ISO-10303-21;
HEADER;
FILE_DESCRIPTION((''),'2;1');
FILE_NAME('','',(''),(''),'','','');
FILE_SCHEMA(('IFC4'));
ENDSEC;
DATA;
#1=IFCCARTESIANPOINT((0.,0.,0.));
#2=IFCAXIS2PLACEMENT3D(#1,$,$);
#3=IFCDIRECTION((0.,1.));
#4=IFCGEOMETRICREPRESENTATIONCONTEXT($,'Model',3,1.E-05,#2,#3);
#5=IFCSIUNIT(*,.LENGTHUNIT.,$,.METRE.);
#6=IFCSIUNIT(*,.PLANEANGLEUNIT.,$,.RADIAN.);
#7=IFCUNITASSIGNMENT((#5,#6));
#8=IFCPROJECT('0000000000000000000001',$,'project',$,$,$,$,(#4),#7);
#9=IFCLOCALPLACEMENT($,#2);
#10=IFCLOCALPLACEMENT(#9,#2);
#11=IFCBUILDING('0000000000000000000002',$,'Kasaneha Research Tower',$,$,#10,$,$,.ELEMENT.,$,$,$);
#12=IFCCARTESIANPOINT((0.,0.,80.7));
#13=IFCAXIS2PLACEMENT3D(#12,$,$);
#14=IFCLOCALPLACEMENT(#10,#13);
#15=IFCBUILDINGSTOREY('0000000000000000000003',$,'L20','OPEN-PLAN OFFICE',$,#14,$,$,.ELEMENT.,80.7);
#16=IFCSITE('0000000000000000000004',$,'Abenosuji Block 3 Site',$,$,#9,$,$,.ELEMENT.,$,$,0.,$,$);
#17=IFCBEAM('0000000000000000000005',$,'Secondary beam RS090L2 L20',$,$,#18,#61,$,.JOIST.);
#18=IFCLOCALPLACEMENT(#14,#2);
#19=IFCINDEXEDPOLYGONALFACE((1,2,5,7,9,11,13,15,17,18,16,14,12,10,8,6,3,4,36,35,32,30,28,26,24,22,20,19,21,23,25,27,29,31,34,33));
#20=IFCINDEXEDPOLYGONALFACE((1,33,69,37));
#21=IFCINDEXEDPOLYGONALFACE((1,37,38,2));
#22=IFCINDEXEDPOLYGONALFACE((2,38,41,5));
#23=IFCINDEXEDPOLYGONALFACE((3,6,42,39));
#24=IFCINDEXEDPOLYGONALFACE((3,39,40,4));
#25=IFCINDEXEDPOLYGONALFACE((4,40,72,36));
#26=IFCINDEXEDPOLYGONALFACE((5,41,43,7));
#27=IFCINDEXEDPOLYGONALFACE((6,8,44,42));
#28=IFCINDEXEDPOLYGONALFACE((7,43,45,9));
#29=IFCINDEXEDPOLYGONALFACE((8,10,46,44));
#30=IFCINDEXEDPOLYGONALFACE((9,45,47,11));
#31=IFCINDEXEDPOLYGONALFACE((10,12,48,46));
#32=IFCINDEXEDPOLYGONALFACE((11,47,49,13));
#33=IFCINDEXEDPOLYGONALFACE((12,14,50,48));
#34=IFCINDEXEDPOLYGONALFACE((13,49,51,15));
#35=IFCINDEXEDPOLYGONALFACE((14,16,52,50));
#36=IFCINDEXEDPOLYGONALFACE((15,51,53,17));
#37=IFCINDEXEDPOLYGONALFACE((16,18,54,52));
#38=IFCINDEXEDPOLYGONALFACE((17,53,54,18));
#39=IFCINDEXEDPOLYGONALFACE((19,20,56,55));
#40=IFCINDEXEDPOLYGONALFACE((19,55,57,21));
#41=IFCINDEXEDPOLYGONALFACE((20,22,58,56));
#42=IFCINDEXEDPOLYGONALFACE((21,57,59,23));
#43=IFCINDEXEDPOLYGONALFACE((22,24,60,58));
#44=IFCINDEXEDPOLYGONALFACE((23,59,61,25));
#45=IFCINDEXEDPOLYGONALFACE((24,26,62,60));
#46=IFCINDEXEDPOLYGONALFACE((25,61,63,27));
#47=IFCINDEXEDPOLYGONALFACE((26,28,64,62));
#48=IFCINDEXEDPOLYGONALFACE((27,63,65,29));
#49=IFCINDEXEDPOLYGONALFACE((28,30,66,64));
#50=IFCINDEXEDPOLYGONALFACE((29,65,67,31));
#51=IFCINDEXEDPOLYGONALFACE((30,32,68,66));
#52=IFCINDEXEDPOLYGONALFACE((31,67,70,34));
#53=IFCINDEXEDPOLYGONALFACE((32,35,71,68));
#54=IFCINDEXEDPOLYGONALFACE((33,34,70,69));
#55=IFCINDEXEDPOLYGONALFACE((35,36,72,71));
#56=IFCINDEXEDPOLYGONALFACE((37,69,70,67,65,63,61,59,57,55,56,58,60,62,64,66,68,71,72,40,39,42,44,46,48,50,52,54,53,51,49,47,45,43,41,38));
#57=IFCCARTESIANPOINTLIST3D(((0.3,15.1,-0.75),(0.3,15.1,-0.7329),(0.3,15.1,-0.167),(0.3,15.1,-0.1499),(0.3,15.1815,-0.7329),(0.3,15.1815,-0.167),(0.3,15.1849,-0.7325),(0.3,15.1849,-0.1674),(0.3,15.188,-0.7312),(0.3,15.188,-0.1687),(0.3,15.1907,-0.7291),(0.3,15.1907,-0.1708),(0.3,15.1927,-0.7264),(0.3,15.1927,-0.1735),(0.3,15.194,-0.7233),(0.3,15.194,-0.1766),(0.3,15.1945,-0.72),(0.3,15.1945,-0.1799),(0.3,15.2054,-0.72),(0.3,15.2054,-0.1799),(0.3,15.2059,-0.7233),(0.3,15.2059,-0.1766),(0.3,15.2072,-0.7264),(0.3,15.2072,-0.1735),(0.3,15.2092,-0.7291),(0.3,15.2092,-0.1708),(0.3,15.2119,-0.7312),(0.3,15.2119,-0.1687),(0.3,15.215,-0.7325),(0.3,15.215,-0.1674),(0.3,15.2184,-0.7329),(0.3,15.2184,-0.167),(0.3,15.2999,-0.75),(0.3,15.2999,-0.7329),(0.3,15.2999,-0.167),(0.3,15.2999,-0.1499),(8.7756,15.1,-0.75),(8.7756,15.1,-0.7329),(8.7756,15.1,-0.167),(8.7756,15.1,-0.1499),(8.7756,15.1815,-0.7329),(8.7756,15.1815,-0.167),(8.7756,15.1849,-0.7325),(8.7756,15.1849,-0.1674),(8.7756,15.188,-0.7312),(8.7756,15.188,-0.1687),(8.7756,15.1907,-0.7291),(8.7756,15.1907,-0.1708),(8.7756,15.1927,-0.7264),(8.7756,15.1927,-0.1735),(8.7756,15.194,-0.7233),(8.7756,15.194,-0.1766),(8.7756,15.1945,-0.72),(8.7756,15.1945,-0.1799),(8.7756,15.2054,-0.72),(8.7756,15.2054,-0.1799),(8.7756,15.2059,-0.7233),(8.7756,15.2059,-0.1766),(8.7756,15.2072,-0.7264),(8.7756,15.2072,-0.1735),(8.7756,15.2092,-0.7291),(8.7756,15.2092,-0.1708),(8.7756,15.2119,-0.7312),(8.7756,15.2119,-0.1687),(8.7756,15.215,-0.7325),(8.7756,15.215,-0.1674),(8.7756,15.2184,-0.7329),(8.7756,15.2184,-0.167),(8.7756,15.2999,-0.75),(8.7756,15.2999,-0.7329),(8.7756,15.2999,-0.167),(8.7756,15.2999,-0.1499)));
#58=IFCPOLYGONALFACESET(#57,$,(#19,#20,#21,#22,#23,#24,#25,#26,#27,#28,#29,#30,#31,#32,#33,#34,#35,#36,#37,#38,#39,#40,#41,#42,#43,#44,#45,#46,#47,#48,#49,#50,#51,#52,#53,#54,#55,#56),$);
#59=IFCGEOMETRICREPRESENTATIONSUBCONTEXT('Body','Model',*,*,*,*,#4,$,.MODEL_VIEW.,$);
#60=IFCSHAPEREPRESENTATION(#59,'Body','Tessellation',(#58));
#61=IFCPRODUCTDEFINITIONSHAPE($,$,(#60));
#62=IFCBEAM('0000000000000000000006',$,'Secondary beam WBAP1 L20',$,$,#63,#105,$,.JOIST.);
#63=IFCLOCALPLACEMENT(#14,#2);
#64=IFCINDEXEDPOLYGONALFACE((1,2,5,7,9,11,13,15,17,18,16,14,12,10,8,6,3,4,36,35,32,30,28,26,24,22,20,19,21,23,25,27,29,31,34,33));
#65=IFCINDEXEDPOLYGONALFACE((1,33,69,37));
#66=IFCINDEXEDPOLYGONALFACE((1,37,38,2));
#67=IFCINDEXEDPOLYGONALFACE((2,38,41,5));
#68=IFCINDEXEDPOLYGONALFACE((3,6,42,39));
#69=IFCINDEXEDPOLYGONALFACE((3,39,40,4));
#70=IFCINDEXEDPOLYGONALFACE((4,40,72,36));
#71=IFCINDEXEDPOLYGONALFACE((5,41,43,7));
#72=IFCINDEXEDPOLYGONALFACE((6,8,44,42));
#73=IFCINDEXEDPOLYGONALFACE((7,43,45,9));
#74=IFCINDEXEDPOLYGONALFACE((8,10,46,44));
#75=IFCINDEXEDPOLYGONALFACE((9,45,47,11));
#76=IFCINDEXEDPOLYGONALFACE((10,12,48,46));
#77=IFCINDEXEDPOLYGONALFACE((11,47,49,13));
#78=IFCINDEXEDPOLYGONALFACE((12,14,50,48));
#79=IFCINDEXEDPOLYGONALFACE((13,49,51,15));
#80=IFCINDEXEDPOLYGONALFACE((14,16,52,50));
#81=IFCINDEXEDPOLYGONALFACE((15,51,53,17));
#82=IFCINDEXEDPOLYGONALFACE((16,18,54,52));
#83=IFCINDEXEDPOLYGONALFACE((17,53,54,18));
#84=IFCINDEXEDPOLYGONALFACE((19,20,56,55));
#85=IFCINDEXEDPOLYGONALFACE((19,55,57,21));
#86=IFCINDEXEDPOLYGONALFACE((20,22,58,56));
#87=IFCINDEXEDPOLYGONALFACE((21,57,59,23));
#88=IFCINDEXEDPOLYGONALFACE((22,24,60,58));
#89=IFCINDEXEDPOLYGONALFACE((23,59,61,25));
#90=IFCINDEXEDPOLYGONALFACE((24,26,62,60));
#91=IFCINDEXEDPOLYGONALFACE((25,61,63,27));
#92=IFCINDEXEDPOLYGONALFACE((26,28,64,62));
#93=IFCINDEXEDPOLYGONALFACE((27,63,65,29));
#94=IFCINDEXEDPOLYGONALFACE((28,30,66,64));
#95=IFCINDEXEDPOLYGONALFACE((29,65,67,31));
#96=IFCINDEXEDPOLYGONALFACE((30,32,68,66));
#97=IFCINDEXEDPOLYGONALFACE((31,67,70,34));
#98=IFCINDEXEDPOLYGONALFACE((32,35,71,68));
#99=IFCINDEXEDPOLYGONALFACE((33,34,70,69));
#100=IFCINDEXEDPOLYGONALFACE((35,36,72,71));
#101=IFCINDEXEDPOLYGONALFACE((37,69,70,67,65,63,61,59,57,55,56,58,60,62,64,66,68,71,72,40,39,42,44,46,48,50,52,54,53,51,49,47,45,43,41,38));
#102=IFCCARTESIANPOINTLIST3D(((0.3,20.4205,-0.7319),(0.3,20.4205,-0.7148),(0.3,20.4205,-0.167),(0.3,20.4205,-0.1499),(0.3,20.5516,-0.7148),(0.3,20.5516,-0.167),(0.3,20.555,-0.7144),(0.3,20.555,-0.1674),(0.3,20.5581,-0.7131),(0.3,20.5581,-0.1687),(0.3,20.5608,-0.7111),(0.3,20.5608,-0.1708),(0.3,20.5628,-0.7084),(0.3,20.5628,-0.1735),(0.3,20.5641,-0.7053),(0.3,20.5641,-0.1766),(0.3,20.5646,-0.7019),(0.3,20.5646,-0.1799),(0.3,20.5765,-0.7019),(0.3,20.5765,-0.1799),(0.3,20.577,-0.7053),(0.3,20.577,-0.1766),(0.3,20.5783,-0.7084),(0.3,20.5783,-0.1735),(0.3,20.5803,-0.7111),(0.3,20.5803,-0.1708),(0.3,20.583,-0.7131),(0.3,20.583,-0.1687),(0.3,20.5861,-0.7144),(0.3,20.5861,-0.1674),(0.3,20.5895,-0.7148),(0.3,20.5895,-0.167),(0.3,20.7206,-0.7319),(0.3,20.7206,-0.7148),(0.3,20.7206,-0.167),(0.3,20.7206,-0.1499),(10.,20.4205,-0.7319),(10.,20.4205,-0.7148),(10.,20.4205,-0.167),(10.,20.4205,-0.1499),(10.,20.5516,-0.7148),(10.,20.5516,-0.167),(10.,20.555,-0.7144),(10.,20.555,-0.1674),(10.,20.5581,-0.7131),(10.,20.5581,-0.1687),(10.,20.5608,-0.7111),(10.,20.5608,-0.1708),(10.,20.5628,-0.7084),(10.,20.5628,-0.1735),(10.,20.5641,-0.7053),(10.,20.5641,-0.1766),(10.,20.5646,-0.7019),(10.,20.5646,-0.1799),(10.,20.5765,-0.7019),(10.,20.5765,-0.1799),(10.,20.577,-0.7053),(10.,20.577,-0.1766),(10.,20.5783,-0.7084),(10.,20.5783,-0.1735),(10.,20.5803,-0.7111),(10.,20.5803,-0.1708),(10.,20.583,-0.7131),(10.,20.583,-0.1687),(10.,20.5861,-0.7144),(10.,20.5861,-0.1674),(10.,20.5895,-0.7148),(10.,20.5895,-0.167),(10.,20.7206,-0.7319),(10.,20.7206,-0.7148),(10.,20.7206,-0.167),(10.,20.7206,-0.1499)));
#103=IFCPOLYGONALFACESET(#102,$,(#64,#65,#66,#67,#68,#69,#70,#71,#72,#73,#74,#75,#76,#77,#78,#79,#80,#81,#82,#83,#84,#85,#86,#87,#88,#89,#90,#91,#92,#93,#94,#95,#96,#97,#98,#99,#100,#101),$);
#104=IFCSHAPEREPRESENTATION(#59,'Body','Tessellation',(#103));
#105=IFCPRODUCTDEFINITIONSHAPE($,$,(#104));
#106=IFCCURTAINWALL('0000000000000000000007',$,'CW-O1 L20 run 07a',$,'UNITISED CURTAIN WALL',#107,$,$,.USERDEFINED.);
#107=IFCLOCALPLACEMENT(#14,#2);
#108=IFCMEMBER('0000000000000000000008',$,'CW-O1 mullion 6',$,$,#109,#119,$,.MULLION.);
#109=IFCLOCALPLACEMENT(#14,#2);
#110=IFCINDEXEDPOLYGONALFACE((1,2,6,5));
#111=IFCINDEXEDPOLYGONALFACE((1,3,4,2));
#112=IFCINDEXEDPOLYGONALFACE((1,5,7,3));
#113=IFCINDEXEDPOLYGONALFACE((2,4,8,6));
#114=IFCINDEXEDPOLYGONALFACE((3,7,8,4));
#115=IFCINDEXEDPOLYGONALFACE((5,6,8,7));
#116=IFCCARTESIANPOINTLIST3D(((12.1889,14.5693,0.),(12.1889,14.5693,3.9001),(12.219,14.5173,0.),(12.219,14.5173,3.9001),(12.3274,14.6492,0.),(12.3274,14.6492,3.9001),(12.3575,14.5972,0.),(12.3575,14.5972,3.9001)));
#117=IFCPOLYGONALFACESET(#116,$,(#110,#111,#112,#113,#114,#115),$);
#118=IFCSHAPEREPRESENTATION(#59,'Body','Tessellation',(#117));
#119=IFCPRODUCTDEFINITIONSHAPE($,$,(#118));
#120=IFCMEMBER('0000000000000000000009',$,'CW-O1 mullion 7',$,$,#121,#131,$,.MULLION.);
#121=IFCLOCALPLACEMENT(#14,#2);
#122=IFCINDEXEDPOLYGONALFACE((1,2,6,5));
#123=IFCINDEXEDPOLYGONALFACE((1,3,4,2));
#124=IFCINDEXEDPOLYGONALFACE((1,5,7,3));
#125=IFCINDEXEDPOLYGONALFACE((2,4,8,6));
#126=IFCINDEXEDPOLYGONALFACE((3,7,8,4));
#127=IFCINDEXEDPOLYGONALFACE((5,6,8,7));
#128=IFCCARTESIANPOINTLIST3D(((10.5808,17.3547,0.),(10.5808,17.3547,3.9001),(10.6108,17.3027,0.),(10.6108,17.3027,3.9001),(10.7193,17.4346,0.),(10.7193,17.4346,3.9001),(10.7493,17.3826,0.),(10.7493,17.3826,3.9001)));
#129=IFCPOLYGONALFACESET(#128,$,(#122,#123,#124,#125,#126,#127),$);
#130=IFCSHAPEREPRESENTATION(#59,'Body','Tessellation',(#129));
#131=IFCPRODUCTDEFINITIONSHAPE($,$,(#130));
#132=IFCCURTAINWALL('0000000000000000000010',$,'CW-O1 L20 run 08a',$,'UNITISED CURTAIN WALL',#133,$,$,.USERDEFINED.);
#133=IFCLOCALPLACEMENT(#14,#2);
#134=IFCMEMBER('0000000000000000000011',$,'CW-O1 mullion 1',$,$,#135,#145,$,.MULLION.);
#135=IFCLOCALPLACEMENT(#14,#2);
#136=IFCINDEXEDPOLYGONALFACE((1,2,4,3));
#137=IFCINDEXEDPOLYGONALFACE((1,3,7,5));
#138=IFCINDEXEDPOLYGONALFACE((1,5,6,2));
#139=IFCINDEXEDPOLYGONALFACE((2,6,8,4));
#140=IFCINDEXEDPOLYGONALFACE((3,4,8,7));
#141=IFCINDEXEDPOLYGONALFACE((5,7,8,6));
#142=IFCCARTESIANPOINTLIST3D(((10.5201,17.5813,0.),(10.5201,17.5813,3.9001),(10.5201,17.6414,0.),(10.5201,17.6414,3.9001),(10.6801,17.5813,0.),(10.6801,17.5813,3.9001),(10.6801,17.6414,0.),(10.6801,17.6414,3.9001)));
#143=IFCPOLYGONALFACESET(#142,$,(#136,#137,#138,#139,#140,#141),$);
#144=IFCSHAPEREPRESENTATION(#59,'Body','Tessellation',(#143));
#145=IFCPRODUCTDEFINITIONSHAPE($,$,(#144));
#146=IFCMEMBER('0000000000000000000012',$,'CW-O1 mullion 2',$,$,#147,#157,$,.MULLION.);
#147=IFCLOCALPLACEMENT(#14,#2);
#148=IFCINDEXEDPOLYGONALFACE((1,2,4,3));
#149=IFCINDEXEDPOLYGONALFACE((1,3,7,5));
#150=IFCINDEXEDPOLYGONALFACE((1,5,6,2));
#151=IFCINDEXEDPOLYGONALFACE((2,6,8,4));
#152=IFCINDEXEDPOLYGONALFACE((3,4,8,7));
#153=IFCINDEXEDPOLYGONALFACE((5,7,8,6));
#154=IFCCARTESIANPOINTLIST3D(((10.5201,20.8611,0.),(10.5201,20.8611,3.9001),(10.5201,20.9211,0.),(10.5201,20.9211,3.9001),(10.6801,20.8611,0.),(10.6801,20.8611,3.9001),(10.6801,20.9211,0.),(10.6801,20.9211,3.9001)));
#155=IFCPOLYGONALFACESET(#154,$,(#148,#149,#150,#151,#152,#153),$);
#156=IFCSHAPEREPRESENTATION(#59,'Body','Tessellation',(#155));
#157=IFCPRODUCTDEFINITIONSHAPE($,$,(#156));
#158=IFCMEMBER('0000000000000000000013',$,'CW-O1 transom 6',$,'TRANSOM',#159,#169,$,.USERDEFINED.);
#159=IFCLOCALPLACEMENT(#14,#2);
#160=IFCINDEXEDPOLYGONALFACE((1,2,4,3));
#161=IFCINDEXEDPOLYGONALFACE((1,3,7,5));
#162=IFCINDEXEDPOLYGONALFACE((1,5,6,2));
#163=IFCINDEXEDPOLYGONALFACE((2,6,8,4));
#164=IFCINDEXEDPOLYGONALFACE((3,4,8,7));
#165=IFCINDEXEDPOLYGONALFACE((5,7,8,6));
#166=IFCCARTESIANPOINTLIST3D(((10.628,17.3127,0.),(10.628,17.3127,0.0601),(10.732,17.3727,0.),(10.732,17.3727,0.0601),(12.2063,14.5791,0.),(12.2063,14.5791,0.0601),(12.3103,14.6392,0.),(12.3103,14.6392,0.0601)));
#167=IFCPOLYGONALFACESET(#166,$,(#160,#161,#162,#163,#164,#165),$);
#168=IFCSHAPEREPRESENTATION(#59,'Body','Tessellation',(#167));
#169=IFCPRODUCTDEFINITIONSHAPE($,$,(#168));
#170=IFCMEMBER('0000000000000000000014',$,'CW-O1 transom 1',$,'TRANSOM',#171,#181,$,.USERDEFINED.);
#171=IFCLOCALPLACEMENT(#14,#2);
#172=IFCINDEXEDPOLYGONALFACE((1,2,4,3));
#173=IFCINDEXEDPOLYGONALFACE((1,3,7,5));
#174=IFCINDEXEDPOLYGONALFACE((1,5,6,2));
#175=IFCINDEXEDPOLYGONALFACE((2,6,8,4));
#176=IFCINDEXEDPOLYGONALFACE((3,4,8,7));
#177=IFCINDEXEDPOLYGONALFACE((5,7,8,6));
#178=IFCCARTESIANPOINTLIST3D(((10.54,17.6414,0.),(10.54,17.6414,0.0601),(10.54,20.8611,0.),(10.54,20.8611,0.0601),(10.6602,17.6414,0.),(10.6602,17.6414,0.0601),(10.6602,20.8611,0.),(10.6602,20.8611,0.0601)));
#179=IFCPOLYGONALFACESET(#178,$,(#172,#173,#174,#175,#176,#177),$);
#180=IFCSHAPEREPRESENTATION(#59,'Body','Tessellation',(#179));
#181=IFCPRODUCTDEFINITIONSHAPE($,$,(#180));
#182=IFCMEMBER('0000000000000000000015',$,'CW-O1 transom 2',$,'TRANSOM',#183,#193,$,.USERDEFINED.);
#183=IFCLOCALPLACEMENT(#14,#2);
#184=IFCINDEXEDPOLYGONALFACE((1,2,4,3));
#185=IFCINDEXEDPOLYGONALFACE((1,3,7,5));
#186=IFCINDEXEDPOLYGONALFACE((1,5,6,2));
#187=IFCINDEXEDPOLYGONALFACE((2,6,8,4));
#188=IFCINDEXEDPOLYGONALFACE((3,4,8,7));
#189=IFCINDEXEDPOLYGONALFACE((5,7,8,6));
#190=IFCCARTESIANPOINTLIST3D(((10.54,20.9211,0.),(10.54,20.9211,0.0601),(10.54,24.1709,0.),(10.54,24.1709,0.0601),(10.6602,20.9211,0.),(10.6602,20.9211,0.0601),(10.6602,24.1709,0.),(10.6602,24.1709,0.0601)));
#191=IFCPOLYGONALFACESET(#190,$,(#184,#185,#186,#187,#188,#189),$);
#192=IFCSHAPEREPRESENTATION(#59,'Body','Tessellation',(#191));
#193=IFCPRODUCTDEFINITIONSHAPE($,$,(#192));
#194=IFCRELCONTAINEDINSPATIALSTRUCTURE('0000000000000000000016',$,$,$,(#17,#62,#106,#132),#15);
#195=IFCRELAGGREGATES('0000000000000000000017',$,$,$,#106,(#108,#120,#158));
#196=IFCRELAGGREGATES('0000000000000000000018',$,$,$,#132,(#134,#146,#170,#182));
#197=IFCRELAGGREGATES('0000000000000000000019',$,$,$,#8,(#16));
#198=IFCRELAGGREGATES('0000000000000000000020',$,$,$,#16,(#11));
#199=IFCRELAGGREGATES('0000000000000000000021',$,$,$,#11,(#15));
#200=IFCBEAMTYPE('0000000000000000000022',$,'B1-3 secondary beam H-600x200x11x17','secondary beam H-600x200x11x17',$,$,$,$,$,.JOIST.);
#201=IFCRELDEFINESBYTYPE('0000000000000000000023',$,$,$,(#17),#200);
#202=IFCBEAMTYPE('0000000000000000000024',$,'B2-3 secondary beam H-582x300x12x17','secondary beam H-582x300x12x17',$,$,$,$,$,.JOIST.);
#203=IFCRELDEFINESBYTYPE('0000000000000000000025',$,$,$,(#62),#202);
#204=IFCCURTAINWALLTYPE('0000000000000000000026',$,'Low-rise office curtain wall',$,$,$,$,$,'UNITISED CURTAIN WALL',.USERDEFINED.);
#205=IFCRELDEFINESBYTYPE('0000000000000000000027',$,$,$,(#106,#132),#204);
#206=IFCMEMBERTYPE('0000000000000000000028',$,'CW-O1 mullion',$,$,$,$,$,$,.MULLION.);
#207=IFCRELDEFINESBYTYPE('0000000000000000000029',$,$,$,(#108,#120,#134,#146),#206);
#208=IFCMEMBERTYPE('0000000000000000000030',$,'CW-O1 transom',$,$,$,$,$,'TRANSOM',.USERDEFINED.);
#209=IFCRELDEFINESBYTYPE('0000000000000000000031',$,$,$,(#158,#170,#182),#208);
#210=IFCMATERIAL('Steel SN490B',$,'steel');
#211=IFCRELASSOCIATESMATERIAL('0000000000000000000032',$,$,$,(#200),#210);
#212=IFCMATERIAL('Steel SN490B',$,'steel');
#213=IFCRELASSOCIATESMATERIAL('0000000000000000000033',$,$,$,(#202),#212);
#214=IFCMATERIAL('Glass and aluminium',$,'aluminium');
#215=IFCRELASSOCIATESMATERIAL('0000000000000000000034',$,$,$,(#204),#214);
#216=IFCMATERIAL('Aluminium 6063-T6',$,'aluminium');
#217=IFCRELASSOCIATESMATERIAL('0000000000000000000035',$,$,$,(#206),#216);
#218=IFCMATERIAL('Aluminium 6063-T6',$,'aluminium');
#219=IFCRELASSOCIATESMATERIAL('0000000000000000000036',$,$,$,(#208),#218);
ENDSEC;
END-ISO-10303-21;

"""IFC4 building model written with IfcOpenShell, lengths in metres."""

from ifc_helpers import new_model, si_unit, direction, frame, origin, origin_2d, place, context, subcontext, project, spatial, rectangle, i_section, extrude, material, material_profile, profile_set, type_object, element, aggregate, save


model = new_model("IFC4")

# Units and contexts
model_context = context("Model", 3, precision=1e-05, world=origin(), true_north=direction((0.0, 1.0)))
body_context = subcontext(model_context, "Body", "Model", "MODEL_VIEW")
ifc_project = project(units=[si_unit("LENGTHUNIT", "METRE"), si_unit("PLANEANGLEUNIT", "RADIAN")], contexts=[model_context])

# Site, building, storey
site_placement = place(None, origin())
site = spatial("IfcSite", under=ifc_project, at=site_placement, Name="Abenosuji Block 3 Site", CompositionType="ELEMENT", RefElevation=0.0)
building_placement = place(site_placement, origin())
building = spatial("IfcBuilding", under=site, at=building_placement, Name="Kasaneha Research Tower", CompositionType="ELEMENT")
storey_placement = place(building_placement, frame((0.0, 0.0, 80.7)))
storey = spatial("IfcBuildingStorey", under=building, at=storey_placement, Name="L20", Description="OPEN-PLAN OFFICE", CompositionType="ELEMENT", Elevation=80.7)

# Beams
ifc_material_1 = material(Name="Steel SN490B", Category="steel")
ifc_material_profile_1 = material_profile(ifc_material_1, i_section(OverallWidth=0.2, OverallDepth=0.6001, WebThickness=0.011, FlangeThickness=0.0171, FilletRadius=0.0129, at=origin_2d()), Name="H-600x200x11x17")
ifc_profile_set_1 = profile_set([ifc_material_profile_1], Name="Steel SN490B")
beam_type_1 = type_object("IfcBeamType", Name="B1-3 secondary beam H-600x200x11x17", Description="secondary beam H-600x200x11x17", PredefinedType="JOIST", material=ifc_profile_set_1)
beam_1_placement = place(storey_placement, frame((8.7756, 15.2, -0.45), z_axis=(-1.0, 0.0, 0.0), x_axis=(0.0, -1.0, 0.0)))
element("IfcBeam", 1, at=beam_1_placement, inside=storey, type_object=beam_type_1, Name="Secondary beam RS090L2 L20", PredefinedType="JOIST", context=body_context, shape_type="SweptSolid", body=[
    extrude(i_section(OverallWidth=0.2, OverallDepth=0.6001, WebThickness=0.011, FlangeThickness=0.0171, FilletRadius=0.0129, at=origin_2d()), origin(), (0.0, 0.0, 1.0), 8.4756),
])
ifc_material_2 = material(Name="Steel SN490B", Category="steel")
ifc_material_profile_2 = material_profile(ifc_material_2, i_section(OverallWidth=0.3, OverallDepth=0.582, WebThickness=0.012, FlangeThickness=0.0171, FilletRadius=0.0129, at=origin_2d()), Name="H-582x300x12x17")
ifc_profile_set_2 = profile_set([ifc_material_profile_2], Name="Steel SN490B")
beam_type_2 = type_object("IfcBeamType", Name="B2-3 secondary beam H-582x300x12x17", Description="secondary beam H-582x300x12x17", PredefinedType="JOIST", material=ifc_profile_set_2)
beam_2_placement = place(storey_placement, frame((10.0, 20.5706, -0.4409), z_axis=(-1.0, 0.0, 0.0), x_axis=(0.0, -1.0, 0.0)))
element("IfcBeam", 2, at=beam_2_placement, inside=storey, type_object=beam_type_2, Name="Secondary beam WBAP1 L20", PredefinedType="JOIST", context=body_context, shape_type="SweptSolid", body=[
    extrude(i_section(OverallWidth=0.3, OverallDepth=0.582, WebThickness=0.012, FlangeThickness=0.0171, FilletRadius=0.0129, at=origin_2d()), origin(), (0.0, 0.0, 1.0), 9.7),
])

# Curtain walls, members
ifc_material_3 = material(Name="Glass and aluminium", Category="aluminium")
curtain_wall_type = type_object("IfcCurtainWallType", Name="Low-rise office curtain wall", ElementType="UNITISED CURTAIN WALL", PredefinedType="USERDEFINED", material=ifc_material_3)
curtain_wall_1_placement = place(storey_placement, origin())
curtain_wall_1 = element("IfcCurtainWall", 3, at=curtain_wall_1_placement, inside=storey, type_object=curtain_wall_type, Name="CW-O1 L20 run 07a", ObjectType="UNITISED CURTAIN WALL", PredefinedType="USERDEFINED")
ifc_material_4 = material(Name="Aluminium 6063-T6", Category="aluminium")
ifc_material_profile_3 = material_profile(ifc_material_4, rectangle(XDim=0.0601, YDim=0.1599, at=origin_2d()), Name="CW-O1 mullion 60x160")
ifc_profile_set_3 = profile_set([ifc_material_profile_3], Name="Aluminium 6063-T6")
member_type_1 = type_object("IfcMemberType", Name="CW-O1 mullion", PredefinedType="MULLION", material=ifc_profile_set_3)
member_1_placement = place(storey_placement, frame((12.2732, 14.5833, 0.0), z_axis=(0.0, 0.0, 1.0), x_axis=(-0.5, 0.866025, 0.0)))
member_1 = element("IfcMember", 4, at=member_1_placement, type_object=member_type_1, Name="CW-O1 mullion 6", PredefinedType="MULLION", context=body_context, shape_type="SweptSolid", body=[
    extrude(rectangle(XDim=0.0601, YDim=0.1599, at=origin_2d()), origin(), (0.0, 0.0, 1.0), 3.9001),
])
member_2_placement = place(storey_placement, frame((10.665, 17.3687, 0.0), z_axis=(0.0, 0.0, 1.0), x_axis=(-0.5, 0.866025, 0.0)))
member_2 = element("IfcMember", 5, at=member_2_placement, type_object=member_type_1, Name="CW-O1 mullion 7", PredefinedType="MULLION", context=body_context, shape_type="SweptSolid", body=[
    extrude(rectangle(XDim=0.0601, YDim=0.1599, at=origin_2d()), origin(), (0.0, 0.0, 1.0), 3.9001),
])
curtain_wall_2_placement = place(storey_placement, origin())
curtain_wall_2 = element("IfcCurtainWall", 6, at=curtain_wall_2_placement, inside=storey, type_object=curtain_wall_type, Name="CW-O1 L20 run 08a", ObjectType="UNITISED CURTAIN WALL", PredefinedType="USERDEFINED")
member_3_placement = place(storey_placement, frame((10.6001, 17.6113, 0.0), z_axis=(0.0, 0.0, 1.0), x_axis=(0.0, 1.0, 0.0)))
member_3 = element("IfcMember", 7, at=member_3_placement, type_object=member_type_1, Name="CW-O1 mullion 1", PredefinedType="MULLION", context=body_context, shape_type="SweptSolid", body=[
    extrude(rectangle(XDim=0.0601, YDim=0.1599, at=origin_2d()), origin(), (0.0, 0.0, 1.0), 3.9001),
])
member_4_placement = place(storey_placement, frame((10.6001, 20.8911, 0.0), z_axis=(0.0, 0.0, 1.0), x_axis=(0.0, 1.0, 0.0)))
member_4 = element("IfcMember", 8, at=member_4_placement, type_object=member_type_1, Name="CW-O1 mullion 2", PredefinedType="MULLION", context=body_context, shape_type="SweptSolid", body=[
    extrude(rectangle(XDim=0.0601, YDim=0.1599, at=origin_2d()), origin(), (0.0, 0.0, 1.0), 3.9001),
])

# Members
ifc_material_5 = material(Name="Aluminium 6063-T6", Category="aluminium")
ifc_material_profile_4 = material_profile(ifc_material_5, rectangle(XDim=0.1201, YDim=0.0601, at=origin_2d()), Name="CW-O1 transom 120x60")
ifc_profile_set_4 = profile_set([ifc_material_profile_4], Name="Aluminium 6063-T6")
member_type_2 = type_object("IfcMemberType", Name="CW-O1 transom", ElementType="TRANSOM", PredefinedType="USERDEFINED", material=ifc_profile_set_4)
member_5_placement = place(storey_placement, frame((12.2583, 14.6091, 0.03), z_axis=(-0.500024, 0.866012, 0.0), x_axis=(-0.866012, -0.500024, 0.0)))
member_5 = element("IfcMember", 9, at=member_5_placement, type_object=member_type_2, Name="CW-O1 transom 6", ObjectType="TRANSOM", PredefinedType="USERDEFINED", context=body_context, shape_type="SweptSolid", body=[
    extrude(rectangle(XDim=0.1201, YDim=0.0601, at=origin_2d()), origin(), (0.0, 0.0, 1.0), 3.1565),
])
member_6_placement = place(storey_placement, frame((10.6001, 17.6414, 0.03), z_axis=(0.0, 1.0, 0.0), x_axis=(-1.0, 0.0, 0.0)))
member_6 = element("IfcMember", 10, at=member_6_placement, type_object=member_type_2, Name="CW-O1 transom 1", ObjectType="TRANSOM", PredefinedType="USERDEFINED", context=body_context, shape_type="SweptSolid", body=[
    extrude(rectangle(XDim=0.1201, YDim=0.0601, at=origin_2d()), origin(), (0.0, 0.0, 1.0), 3.2197),
])
member_7_placement = place(storey_placement, frame((10.6001, 20.9211, 0.03), z_axis=(0.0, 1.0, 0.0), x_axis=(-1.0, 0.0, 0.0)))
member_7 = element("IfcMember", 11, at=member_7_placement, type_object=member_type_2, Name="CW-O1 transom 2", ObjectType="TRANSOM", PredefinedType="USERDEFINED", context=body_context, shape_type="SweptSolid", body=[
    extrude(rectangle(XDim=0.1201, YDim=0.0601, at=origin_2d()), origin(), (0.0, 0.0, 1.0), 3.2498),
])

aggregate(curtain_wall_1, [member_1, member_2, member_5])
aggregate(curtain_wall_2, [member_3, member_4, member_6, member_7])

save(model, "model.ifc")
